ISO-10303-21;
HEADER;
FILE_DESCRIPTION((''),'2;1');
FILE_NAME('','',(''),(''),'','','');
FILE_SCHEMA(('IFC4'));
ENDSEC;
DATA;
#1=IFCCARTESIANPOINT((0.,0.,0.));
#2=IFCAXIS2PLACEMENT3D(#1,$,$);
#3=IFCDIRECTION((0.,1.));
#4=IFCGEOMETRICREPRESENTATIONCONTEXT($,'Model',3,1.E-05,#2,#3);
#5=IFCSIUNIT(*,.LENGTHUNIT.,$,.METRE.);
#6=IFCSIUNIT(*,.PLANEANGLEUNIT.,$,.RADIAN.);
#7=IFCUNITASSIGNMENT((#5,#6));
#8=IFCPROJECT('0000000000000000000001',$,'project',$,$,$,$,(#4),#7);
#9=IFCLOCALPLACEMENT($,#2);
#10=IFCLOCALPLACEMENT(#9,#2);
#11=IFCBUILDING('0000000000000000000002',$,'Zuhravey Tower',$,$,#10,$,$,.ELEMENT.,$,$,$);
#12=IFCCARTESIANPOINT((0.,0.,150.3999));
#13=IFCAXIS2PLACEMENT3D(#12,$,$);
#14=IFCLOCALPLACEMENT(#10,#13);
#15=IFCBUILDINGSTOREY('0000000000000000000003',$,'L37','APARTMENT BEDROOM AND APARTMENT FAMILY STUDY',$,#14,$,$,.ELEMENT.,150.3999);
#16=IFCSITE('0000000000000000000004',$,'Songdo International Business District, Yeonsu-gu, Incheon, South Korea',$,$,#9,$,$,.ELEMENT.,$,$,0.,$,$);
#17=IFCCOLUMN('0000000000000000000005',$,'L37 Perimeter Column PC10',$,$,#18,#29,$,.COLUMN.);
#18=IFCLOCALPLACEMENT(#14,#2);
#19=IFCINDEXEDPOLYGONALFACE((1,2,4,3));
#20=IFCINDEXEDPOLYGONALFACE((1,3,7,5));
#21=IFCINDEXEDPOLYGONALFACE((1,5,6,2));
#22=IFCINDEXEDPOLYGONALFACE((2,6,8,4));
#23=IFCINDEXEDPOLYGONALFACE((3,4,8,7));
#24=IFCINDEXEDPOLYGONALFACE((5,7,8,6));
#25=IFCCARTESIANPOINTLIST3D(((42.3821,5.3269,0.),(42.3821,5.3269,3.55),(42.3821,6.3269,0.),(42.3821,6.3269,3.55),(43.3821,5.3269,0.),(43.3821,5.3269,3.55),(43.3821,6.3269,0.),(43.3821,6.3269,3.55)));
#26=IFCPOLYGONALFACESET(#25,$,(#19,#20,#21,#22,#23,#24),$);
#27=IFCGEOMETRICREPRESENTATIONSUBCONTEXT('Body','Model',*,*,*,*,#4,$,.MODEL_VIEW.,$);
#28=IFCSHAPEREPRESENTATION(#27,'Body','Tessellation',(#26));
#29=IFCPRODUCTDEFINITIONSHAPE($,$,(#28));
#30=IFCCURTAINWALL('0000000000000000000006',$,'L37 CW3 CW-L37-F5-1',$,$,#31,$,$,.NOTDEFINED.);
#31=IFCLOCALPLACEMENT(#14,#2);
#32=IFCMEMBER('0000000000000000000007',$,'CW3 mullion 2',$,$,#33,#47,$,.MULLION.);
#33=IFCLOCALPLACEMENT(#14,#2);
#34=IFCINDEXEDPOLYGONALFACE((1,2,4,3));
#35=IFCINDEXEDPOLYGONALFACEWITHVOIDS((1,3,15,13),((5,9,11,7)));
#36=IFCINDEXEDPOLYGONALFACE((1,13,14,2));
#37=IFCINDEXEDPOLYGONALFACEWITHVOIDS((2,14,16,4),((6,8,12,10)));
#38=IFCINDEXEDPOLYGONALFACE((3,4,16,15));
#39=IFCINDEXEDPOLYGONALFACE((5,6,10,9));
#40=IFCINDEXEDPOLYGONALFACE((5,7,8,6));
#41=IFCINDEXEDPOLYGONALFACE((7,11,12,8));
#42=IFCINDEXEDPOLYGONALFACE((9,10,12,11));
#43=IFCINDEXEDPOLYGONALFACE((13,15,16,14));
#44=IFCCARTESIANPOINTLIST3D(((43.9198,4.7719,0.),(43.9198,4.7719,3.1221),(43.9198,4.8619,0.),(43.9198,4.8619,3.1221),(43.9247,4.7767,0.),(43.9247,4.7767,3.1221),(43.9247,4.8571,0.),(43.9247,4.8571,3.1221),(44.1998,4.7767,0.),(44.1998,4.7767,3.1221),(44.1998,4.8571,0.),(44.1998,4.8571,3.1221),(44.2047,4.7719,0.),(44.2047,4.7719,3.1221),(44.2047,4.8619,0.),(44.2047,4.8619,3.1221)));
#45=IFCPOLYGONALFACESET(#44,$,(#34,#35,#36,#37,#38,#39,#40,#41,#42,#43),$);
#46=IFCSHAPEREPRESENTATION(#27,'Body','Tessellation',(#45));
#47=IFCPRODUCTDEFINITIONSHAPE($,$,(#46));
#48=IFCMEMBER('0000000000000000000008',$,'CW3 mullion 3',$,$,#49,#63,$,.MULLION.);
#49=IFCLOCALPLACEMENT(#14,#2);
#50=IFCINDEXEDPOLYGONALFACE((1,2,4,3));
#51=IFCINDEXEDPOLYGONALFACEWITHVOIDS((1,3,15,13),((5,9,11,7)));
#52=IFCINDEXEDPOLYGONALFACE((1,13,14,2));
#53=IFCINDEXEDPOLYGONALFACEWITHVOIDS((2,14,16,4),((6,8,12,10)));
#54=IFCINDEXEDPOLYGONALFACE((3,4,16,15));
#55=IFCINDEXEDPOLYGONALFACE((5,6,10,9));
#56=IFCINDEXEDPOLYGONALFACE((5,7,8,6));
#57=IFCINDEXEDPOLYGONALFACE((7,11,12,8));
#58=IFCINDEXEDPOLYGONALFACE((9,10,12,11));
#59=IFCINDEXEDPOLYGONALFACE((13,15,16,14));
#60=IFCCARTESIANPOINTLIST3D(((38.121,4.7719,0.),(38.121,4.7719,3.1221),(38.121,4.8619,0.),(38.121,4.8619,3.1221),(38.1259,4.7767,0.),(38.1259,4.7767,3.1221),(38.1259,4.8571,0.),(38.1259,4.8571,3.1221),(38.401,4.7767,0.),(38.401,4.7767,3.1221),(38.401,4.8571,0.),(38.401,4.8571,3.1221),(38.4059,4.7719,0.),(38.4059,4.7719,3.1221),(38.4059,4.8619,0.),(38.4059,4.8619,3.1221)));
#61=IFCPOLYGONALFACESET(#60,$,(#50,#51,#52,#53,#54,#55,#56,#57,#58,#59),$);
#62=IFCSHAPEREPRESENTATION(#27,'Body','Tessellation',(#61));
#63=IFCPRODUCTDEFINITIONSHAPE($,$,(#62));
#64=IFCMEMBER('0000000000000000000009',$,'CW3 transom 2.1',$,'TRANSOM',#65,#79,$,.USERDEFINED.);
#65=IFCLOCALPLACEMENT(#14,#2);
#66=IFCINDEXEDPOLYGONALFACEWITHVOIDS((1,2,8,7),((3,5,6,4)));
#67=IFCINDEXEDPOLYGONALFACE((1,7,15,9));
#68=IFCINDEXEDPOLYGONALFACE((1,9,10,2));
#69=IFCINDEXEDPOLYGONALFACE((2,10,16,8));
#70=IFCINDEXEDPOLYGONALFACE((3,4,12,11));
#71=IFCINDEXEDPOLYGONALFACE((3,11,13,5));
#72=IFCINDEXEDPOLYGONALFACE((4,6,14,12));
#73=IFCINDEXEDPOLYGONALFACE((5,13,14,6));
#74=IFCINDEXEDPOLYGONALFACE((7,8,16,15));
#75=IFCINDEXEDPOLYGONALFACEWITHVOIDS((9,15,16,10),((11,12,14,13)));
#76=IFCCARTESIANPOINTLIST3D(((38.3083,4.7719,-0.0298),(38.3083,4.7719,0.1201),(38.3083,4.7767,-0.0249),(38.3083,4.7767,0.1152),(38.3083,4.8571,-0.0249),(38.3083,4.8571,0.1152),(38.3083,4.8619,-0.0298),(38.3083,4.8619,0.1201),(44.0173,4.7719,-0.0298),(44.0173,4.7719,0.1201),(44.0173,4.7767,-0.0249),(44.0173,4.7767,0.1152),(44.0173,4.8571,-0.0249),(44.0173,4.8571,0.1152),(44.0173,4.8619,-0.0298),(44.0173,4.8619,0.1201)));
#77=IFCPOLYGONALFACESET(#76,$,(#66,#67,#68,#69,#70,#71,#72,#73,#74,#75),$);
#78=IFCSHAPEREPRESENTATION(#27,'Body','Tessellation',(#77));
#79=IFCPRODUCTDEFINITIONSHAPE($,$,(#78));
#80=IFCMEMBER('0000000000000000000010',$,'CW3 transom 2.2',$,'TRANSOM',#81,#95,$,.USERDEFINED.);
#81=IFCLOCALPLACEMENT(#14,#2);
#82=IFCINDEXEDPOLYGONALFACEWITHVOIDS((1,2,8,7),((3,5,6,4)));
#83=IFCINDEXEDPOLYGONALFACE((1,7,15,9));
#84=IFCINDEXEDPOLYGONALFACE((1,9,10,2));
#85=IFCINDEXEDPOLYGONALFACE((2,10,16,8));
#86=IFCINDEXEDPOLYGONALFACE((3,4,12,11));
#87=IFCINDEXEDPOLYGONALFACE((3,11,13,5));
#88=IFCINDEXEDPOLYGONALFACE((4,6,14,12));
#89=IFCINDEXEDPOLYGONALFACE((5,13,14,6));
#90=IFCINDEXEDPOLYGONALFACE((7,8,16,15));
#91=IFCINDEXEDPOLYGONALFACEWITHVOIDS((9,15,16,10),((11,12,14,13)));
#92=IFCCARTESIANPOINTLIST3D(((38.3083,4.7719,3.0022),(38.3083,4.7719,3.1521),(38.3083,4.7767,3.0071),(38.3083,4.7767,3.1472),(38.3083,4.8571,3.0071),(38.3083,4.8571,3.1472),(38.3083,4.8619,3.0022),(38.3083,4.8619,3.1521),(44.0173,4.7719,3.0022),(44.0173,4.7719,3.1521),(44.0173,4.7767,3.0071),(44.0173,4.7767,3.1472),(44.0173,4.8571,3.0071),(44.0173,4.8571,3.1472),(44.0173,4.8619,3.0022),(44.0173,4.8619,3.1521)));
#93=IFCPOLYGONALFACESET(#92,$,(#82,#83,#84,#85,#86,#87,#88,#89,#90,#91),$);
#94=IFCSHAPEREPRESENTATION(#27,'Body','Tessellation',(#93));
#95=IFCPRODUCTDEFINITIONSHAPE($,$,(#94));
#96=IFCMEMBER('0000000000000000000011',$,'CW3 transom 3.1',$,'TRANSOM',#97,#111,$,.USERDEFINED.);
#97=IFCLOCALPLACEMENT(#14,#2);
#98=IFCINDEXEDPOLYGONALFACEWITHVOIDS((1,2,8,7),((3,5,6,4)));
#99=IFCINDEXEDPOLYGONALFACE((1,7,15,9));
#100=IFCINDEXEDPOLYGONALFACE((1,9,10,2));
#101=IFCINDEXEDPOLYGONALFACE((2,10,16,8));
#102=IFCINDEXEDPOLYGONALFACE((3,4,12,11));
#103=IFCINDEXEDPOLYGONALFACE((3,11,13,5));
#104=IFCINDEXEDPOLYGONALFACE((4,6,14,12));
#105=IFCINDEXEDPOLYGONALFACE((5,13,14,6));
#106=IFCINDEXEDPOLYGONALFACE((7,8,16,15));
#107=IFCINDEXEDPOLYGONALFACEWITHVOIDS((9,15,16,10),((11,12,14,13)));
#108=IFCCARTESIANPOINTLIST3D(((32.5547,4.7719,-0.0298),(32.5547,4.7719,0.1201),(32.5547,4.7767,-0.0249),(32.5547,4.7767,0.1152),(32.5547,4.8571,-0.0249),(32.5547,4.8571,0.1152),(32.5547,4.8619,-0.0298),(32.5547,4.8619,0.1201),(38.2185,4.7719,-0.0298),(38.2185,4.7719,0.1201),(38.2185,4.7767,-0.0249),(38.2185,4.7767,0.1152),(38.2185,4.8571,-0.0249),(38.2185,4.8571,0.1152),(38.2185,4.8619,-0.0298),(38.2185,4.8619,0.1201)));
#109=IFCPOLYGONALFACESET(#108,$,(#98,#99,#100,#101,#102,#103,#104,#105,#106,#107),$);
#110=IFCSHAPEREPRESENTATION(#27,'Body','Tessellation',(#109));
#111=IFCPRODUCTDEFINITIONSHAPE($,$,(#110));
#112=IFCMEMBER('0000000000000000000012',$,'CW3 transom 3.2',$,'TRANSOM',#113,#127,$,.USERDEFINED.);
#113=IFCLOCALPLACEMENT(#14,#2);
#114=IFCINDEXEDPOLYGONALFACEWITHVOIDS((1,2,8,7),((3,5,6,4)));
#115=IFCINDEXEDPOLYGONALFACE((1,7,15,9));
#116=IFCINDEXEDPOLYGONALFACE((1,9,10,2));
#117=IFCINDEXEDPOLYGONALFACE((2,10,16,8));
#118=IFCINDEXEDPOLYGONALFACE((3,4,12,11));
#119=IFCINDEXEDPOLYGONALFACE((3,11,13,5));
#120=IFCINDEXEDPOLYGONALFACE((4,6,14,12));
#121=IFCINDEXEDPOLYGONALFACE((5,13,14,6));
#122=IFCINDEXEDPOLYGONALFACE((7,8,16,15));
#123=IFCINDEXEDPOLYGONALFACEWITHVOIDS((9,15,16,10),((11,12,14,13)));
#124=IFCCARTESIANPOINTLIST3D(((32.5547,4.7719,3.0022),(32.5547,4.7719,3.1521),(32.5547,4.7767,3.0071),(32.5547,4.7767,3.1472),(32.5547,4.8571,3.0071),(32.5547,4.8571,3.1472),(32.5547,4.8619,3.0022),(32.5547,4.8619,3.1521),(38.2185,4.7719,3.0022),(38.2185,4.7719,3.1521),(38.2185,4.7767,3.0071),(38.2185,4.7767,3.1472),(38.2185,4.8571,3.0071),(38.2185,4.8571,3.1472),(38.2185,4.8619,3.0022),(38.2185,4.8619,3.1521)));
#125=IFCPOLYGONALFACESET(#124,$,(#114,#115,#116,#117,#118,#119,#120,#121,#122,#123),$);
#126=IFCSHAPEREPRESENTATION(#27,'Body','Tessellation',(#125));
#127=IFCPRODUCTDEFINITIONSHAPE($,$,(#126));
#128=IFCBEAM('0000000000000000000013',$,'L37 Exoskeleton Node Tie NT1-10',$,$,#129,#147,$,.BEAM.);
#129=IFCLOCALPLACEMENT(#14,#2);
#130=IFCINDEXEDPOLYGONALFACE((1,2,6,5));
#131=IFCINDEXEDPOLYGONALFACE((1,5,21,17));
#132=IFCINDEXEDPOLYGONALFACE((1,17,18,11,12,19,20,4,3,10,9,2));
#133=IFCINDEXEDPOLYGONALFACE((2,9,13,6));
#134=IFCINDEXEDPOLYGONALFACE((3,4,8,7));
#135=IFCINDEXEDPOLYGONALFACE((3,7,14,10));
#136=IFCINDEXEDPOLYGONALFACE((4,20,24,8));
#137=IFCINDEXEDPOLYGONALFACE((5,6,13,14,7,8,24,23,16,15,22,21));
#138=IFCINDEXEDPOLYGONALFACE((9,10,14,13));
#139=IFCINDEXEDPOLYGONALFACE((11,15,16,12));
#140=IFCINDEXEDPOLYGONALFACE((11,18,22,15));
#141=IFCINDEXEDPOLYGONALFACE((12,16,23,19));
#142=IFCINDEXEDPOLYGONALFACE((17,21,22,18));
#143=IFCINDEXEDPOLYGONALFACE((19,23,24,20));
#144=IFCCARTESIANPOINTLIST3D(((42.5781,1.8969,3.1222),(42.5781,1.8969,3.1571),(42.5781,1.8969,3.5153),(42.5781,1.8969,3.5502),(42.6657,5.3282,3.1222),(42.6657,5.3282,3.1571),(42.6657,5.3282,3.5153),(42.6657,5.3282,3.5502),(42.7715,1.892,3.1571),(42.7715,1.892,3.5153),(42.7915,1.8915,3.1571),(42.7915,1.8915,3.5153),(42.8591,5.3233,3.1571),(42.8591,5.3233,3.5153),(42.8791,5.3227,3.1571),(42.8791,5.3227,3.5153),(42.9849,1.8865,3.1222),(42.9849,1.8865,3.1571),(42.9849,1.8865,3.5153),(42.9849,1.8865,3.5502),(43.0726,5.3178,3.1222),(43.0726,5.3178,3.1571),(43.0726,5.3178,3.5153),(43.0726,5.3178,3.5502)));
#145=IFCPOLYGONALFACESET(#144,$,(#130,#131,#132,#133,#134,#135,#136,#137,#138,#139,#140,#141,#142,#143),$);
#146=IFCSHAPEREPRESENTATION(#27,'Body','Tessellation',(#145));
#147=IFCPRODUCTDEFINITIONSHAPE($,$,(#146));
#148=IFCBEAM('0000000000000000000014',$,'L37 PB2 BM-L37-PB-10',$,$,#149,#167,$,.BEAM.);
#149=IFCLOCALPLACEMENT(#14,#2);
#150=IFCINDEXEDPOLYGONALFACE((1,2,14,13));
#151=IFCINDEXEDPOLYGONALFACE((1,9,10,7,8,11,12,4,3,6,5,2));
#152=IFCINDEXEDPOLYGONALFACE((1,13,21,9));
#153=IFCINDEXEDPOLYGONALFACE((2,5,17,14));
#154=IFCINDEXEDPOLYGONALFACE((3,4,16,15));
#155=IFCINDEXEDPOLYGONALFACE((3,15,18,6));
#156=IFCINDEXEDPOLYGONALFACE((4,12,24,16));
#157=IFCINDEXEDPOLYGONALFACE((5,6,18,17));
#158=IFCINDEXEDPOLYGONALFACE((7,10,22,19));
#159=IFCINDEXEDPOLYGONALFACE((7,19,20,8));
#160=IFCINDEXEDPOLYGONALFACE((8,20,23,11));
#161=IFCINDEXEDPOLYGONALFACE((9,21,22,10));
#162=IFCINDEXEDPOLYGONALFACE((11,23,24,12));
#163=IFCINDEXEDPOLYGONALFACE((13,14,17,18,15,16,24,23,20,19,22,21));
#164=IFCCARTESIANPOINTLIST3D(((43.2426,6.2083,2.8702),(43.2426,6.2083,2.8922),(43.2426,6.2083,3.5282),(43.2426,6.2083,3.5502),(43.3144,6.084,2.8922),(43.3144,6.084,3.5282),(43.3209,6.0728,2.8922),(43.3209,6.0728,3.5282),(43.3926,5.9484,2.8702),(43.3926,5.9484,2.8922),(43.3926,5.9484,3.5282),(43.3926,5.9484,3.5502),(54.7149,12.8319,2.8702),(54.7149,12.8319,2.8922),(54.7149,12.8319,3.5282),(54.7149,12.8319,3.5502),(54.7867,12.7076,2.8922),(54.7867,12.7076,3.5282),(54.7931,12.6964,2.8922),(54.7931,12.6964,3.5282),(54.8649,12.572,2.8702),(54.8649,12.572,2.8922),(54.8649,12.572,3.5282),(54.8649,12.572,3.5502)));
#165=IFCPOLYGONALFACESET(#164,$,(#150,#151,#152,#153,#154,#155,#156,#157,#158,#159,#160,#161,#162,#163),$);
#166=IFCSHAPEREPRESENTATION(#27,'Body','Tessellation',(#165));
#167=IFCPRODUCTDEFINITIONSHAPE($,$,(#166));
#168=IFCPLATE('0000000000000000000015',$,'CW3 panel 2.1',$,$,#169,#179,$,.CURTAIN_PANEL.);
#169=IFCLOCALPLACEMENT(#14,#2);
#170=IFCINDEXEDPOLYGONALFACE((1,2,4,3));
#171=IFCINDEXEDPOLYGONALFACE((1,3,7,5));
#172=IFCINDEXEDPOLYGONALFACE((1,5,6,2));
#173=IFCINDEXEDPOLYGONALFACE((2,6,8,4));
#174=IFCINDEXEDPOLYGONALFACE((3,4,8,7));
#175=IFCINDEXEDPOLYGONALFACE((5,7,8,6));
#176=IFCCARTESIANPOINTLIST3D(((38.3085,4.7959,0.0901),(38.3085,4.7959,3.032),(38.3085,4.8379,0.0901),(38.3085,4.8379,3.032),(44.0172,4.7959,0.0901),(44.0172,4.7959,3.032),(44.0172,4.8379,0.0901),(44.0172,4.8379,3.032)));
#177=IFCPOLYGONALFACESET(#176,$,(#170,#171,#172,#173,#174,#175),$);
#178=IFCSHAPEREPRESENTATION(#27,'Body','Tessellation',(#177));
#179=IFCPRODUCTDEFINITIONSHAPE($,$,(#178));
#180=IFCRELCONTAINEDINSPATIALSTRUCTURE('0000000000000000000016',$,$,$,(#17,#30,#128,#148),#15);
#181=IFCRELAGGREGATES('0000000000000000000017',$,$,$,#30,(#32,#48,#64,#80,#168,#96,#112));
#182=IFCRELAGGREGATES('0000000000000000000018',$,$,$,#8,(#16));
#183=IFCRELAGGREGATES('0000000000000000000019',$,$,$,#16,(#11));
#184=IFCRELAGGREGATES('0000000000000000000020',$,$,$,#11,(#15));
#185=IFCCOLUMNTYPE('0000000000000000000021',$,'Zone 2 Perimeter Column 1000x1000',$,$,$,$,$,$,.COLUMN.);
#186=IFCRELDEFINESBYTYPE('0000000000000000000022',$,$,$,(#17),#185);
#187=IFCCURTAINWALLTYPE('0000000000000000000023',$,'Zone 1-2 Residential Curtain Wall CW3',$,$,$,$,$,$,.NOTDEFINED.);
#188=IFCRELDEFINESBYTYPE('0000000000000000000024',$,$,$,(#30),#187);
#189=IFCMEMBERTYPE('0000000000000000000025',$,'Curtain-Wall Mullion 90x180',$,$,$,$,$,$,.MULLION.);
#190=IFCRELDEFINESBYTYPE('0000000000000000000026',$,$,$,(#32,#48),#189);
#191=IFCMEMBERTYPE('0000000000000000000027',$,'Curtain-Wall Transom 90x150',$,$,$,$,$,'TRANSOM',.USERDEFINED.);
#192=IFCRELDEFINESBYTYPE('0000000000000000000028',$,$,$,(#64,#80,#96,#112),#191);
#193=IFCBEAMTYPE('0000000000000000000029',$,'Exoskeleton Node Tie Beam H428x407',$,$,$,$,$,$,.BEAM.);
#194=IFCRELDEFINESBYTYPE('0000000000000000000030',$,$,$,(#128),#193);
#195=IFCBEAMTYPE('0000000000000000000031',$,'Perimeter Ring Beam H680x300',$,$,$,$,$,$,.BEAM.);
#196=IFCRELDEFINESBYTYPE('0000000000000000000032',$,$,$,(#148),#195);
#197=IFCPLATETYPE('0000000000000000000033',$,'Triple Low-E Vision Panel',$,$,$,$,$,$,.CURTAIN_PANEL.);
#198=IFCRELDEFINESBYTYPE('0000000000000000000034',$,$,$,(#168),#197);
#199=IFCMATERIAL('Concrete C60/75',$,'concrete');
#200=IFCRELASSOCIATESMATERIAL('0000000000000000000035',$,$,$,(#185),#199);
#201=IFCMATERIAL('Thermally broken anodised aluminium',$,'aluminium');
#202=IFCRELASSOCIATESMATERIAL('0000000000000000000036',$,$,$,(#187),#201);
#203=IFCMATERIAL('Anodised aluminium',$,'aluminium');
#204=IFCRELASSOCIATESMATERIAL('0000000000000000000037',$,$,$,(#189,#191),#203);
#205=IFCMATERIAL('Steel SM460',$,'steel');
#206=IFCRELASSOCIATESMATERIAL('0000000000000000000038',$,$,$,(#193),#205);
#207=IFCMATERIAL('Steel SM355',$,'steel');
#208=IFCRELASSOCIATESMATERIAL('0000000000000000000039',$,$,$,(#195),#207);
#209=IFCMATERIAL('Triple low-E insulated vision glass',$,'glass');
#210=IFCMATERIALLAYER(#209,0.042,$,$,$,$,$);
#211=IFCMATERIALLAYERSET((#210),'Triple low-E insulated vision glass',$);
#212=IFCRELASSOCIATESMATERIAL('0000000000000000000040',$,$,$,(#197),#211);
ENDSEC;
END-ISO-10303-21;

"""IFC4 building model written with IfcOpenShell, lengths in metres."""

from ifc_helpers import new_model, si_unit, direction, frame, origin, origin_2d, place, context, subcontext, project, spatial, rectangle, hollow_rectangle, i_section, extrude, material, layer, layer_set, material_profile, profile_set, type_object, element, aggregate, save


model = new_model("IFC4")

# Units and contexts
model_context = context("Model", 3, precision=1e-05, world=origin(), true_north=direction((0.0, 1.0)))
body_context = subcontext(model_context, "Body", "Model", "MODEL_VIEW")
ifc_project = project(units=[si_unit("LENGTHUNIT", "METRE"), si_unit("PLANEANGLEUNIT", "RADIAN")], contexts=[model_context])

# Site, building, storey
site_placement = place(None, origin())
site = spatial("IfcSite", under=ifc_project, at=site_placement, Name="Songdo International Business District, Yeonsu-gu, Incheon, South Korea", CompositionType="ELEMENT", RefElevation=0.0)
building_placement = place(site_placement, origin())
building = spatial("IfcBuilding", under=site, at=building_placement, Name="Zuhravey Tower", CompositionType="ELEMENT")
storey_placement = place(building_placement, frame((0.0, 0.0, 150.3999)))
storey = spatial("IfcBuildingStorey", under=building, at=storey_placement, Name="L37", Description="APARTMENT BEDROOM AND APARTMENT FAMILY STUDY", CompositionType="ELEMENT", Elevation=150.3999)

# Column
ifc_material_1 = material(Name="Concrete C60/75", Category="concrete")
ifc_material_profile_1 = material_profile(ifc_material_1, rectangle(XDim=1.0, YDim=1.0, at=origin_2d()), Name="RC-1000x1000")
ifc_profile_set_1 = profile_set([ifc_material_profile_1], Name="Concrete C60/75")
column_type = type_object("IfcColumnType", Name="Zone 2 Perimeter Column 1000x1000", PredefinedType="COLUMN", material=ifc_profile_set_1)
column_placement = place(storey_placement, frame((42.8821, 5.8269, 0.0), z_axis=(0.0, 0.0, 1.0), x_axis=(1.0, 0.0, 0.0)))
element("IfcColumn", 1, at=column_placement, inside=storey, type_object=column_type, Name="L37 Perimeter Column PC10", PredefinedType="COLUMN", context=body_context, shape_type="SweptSolid", body=[
    extrude(rectangle(XDim=1.0, YDim=1.0, at=origin_2d()), origin(), (0.0, 0.0, 1.0), 3.55),
])

# Curtain wall, members
ifc_material_2 = material(Name="Thermally broken anodised aluminium", Category="aluminium")
curtain_wall_type = type_object("IfcCurtainWallType", Name="Zone 1-2 Residential Curtain Wall CW3", PredefinedType="NOTDEFINED", material=ifc_material_2)
curtain_wall_placement = place(storey_placement, origin())
curtain_wall = element("IfcCurtainWall", 2, at=curtain_wall_placement, inside=storey, type_object=curtain_wall_type, Name="L37 CW3 CW-L37-F5-1", PredefinedType="NOTDEFINED")
ifc_material_3 = material(Name="Anodised aluminium", Category="aluminium")
ifc_material_profile_2 = material_profile(ifc_material_3, hollow_rectangle(XDim=0.0901, YDim=0.2849, WallThickness=0.0049, at=origin_2d()), Name="ALU-RHS-90x285x5")
ifc_profile_set_2 = profile_set([ifc_material_profile_2], Name="Anodised aluminium")
member_type_1 = type_object("IfcMemberType", Name="Curtain-Wall Mullion 90x180", PredefinedType="MULLION", material=ifc_profile_set_2)
member_1_placement = place(storey_placement, frame((44.0623, 4.8169, 0.0), z_axis=(0.0, 0.0, 1.0), x_axis=(0.0, -1.0, 0.0)))
member_1 = element("IfcMember", 3, at=member_1_placement, type_object=member_type_1, Name="CW3 mullion 2", PredefinedType="MULLION", context=body_context, shape_type="SweptSolid", body=[
    extrude(hollow_rectangle(XDim=0.0901, YDim=0.2849, WallThickness=0.0049, at=origin_2d()), origin(), (0.0, 0.0, 1.0), 3.1221),
])
member_2_placement = place(storey_placement, frame((38.2634, 4.8169, 0.0), z_axis=(0.0, 0.0, 1.0), x_axis=(0.0, -1.0, 0.0)))
member_2 = element("IfcMember", 4, at=member_2_placement, type_object=member_type_1, Name="CW3 mullion 3", PredefinedType="MULLION", context=body_context, shape_type="SweptSolid", body=[
    extrude(hollow_rectangle(XDim=0.0901, YDim=0.2849, WallThickness=0.0049, at=origin_2d()), origin(), (0.0, 0.0, 1.0), 3.1221),
])
ifc_material_profile_3 = material_profile(ifc_material_3, hollow_rectangle(XDim=0.0901, YDim=0.1499, WallThickness=0.0049, at=origin_2d()), Name="ALU-RHS-90x150x5")
ifc_profile_set_3 = profile_set([ifc_material_profile_3], Name="Anodised aluminium")
member_type_2 = type_object("IfcMemberType", Name="Curtain-Wall Transom 90x150", ElementType="TRANSOM", PredefinedType="USERDEFINED", material=ifc_profile_set_3)
member_3_placement = place(storey_placement, frame((44.0173, 4.8169, 0.0452), z_axis=(-1.0, 0.0, 0.0), x_axis=(0.0, -1.0, 0.0)))
member_3 = element("IfcMember", 5, at=member_3_placement, type_object=member_type_2, Name="CW3 transom 2.1", ObjectType="TRANSOM", PredefinedType="USERDEFINED", context=body_context, shape_type="SweptSolid", body=[
    extrude(hollow_rectangle(XDim=0.0901, YDim=0.1499, WallThickness=0.0049, at=origin_2d()), origin(), (0.0, 0.0, 1.0), 5.709),
])
member_4_placement = place(storey_placement, frame((44.0173, 4.8169, 3.0771), z_axis=(-1.0, 0.0, 0.0), x_axis=(0.0, -1.0, 0.0)))
member_4 = element("IfcMember", 6, at=member_4_placement, type_object=member_type_2, Name="CW3 transom 2.2", ObjectType="TRANSOM", PredefinedType="USERDEFINED", context=body_context, shape_type="SweptSolid", body=[
    extrude(hollow_rectangle(XDim=0.0901, YDim=0.1499, WallThickness=0.0049, at=origin_2d()), origin(), (0.0, 0.0, 1.0), 5.709),
])
member_5_placement = place(storey_placement, frame((38.2185, 4.8169, 0.0452), z_axis=(-1.0, 0.0, 0.0), x_axis=(0.0, -1.0, 0.0)))
member_5 = element("IfcMember", 7, at=member_5_placement, type_object=member_type_2, Name="CW3 transom 3.1", ObjectType="TRANSOM", PredefinedType="USERDEFINED", context=body_context, shape_type="SweptSolid", body=[
    extrude(hollow_rectangle(XDim=0.0901, YDim=0.1499, WallThickness=0.0049, at=origin_2d()), origin(), (0.0, 0.0, 1.0), 5.6638),
])
member_6_placement = place(storey_placement, frame((38.2185, 4.8169, 3.0771), z_axis=(-1.0, 0.0, 0.0), x_axis=(0.0, -1.0, 0.0)))
member_6 = element("IfcMember", 8, at=member_6_placement, type_object=member_type_2, Name="CW3 transom 3.2", ObjectType="TRANSOM", PredefinedType="USERDEFINED", context=body_context, shape_type="SweptSolid", body=[
    extrude(hollow_rectangle(XDim=0.0901, YDim=0.1499, WallThickness=0.0049, at=origin_2d()), origin(), (0.0, 0.0, 1.0), 5.6638),
])

# Beams
ifc_material_4 = material(Name="Steel SM460", Category="steel")
ifc_material_profile_4 = material_profile(ifc_material_4, i_section(OverallWidth=0.407, OverallDepth=0.428, WebThickness=0.02, FlangeThickness=0.0349, at=origin_2d()), Name="H-428x407x20x35")
ifc_profile_set_4 = profile_set([ifc_material_profile_4], Name="Steel SM460")
beam_type_1 = type_object("IfcBeamType", Name="Exoskeleton Node Tie Beam H428x407", PredefinedType="BEAM", material=ifc_profile_set_4)
beam_1_placement = place(storey_placement, frame((42.8691, 5.323, 3.3362), z_axis=(-0.025536, -0.999674, 0.0), x_axis=(0.999674, -0.025536, 0.0)))
element("IfcBeam", 9, at=beam_1_placement, inside=storey, type_object=beam_type_1, Name="L37 Exoskeleton Node Tie NT1-10", PredefinedType="BEAM", context=body_context, shape_type="SweptSolid", body=[
    extrude(i_section(OverallWidth=0.407, OverallDepth=0.428, WebThickness=0.02, FlangeThickness=0.0349, at=origin_2d()), origin(), (0.0, 0.0, 1.0), 3.4324),
])
ifc_material_5 = material(Name="Steel SM355", Category="steel")
ifc_material_profile_5 = material_profile(ifc_material_5, i_section(OverallWidth=0.3, OverallDepth=0.6799, WebThickness=0.0129, FlangeThickness=0.022, at=origin_2d()), Name="H-680x300x13x22")
ifc_profile_set_5 = profile_set([ifc_material_profile_5], Name="Steel SM355")
beam_type_2 = type_object("IfcBeamType", Name="Perimeter Ring Beam H680x300", PredefinedType="BEAM", material=ifc_profile_set_5)
beam_2_placement = place(storey_placement, frame((43.3176, 6.0784, 3.2102), z_axis=(0.866023, 0.500004, 0.0), x_axis=(-0.500004, 0.866023, 0.0)))
element("IfcBeam", 10, at=beam_2_placement, inside=storey, type_object=beam_type_2, Name="L37 PB2 BM-L37-PB-10", PredefinedType="BEAM", context=body_context, shape_type="SweptSolid", body=[
    extrude(i_section(OverallWidth=0.3, OverallDepth=0.6799, WebThickness=0.0129, FlangeThickness=0.022, at=origin_2d()), origin(), (0.0, 0.0, 1.0), 13.2471),
])

# Plate
ifc_material_6 = material(Name="Triple low-E insulated vision glass", Category="glass")
ifc_layer_1 = layer(ifc_material_6, 0.042)
ifc_layer_set_1 = layer_set([ifc_layer_1], Name="Triple low-E insulated vision glass")
plate_type = type_object("IfcPlateType", Name="Triple Low-E Vision Panel", PredefinedType="CURTAIN_PANEL", material=ifc_layer_set_1)
plate_1_placement = place(storey_placement, frame((41.1628, 4.8169, 0.0901), z_axis=(0.0, 0.0, 1.0), x_axis=(-1.0, 0.0, 0.0)))
plate_1 = element("IfcPlate", 11, at=plate_1_placement, type_object=plate_type, Name="CW3 panel 2.1", PredefinedType="CURTAIN_PANEL", context=body_context, shape_type="SweptSolid", body=[
    extrude(rectangle(XDim=5.7087, YDim=0.042, at=origin_2d()), origin(), (0.0, 0.0, 1.0), 2.9419),
])
aggregate(curtain_wall, [member_1, member_2, member_3, member_4, plate_1, member_5, member_6])

save(model, "model.ifc")
